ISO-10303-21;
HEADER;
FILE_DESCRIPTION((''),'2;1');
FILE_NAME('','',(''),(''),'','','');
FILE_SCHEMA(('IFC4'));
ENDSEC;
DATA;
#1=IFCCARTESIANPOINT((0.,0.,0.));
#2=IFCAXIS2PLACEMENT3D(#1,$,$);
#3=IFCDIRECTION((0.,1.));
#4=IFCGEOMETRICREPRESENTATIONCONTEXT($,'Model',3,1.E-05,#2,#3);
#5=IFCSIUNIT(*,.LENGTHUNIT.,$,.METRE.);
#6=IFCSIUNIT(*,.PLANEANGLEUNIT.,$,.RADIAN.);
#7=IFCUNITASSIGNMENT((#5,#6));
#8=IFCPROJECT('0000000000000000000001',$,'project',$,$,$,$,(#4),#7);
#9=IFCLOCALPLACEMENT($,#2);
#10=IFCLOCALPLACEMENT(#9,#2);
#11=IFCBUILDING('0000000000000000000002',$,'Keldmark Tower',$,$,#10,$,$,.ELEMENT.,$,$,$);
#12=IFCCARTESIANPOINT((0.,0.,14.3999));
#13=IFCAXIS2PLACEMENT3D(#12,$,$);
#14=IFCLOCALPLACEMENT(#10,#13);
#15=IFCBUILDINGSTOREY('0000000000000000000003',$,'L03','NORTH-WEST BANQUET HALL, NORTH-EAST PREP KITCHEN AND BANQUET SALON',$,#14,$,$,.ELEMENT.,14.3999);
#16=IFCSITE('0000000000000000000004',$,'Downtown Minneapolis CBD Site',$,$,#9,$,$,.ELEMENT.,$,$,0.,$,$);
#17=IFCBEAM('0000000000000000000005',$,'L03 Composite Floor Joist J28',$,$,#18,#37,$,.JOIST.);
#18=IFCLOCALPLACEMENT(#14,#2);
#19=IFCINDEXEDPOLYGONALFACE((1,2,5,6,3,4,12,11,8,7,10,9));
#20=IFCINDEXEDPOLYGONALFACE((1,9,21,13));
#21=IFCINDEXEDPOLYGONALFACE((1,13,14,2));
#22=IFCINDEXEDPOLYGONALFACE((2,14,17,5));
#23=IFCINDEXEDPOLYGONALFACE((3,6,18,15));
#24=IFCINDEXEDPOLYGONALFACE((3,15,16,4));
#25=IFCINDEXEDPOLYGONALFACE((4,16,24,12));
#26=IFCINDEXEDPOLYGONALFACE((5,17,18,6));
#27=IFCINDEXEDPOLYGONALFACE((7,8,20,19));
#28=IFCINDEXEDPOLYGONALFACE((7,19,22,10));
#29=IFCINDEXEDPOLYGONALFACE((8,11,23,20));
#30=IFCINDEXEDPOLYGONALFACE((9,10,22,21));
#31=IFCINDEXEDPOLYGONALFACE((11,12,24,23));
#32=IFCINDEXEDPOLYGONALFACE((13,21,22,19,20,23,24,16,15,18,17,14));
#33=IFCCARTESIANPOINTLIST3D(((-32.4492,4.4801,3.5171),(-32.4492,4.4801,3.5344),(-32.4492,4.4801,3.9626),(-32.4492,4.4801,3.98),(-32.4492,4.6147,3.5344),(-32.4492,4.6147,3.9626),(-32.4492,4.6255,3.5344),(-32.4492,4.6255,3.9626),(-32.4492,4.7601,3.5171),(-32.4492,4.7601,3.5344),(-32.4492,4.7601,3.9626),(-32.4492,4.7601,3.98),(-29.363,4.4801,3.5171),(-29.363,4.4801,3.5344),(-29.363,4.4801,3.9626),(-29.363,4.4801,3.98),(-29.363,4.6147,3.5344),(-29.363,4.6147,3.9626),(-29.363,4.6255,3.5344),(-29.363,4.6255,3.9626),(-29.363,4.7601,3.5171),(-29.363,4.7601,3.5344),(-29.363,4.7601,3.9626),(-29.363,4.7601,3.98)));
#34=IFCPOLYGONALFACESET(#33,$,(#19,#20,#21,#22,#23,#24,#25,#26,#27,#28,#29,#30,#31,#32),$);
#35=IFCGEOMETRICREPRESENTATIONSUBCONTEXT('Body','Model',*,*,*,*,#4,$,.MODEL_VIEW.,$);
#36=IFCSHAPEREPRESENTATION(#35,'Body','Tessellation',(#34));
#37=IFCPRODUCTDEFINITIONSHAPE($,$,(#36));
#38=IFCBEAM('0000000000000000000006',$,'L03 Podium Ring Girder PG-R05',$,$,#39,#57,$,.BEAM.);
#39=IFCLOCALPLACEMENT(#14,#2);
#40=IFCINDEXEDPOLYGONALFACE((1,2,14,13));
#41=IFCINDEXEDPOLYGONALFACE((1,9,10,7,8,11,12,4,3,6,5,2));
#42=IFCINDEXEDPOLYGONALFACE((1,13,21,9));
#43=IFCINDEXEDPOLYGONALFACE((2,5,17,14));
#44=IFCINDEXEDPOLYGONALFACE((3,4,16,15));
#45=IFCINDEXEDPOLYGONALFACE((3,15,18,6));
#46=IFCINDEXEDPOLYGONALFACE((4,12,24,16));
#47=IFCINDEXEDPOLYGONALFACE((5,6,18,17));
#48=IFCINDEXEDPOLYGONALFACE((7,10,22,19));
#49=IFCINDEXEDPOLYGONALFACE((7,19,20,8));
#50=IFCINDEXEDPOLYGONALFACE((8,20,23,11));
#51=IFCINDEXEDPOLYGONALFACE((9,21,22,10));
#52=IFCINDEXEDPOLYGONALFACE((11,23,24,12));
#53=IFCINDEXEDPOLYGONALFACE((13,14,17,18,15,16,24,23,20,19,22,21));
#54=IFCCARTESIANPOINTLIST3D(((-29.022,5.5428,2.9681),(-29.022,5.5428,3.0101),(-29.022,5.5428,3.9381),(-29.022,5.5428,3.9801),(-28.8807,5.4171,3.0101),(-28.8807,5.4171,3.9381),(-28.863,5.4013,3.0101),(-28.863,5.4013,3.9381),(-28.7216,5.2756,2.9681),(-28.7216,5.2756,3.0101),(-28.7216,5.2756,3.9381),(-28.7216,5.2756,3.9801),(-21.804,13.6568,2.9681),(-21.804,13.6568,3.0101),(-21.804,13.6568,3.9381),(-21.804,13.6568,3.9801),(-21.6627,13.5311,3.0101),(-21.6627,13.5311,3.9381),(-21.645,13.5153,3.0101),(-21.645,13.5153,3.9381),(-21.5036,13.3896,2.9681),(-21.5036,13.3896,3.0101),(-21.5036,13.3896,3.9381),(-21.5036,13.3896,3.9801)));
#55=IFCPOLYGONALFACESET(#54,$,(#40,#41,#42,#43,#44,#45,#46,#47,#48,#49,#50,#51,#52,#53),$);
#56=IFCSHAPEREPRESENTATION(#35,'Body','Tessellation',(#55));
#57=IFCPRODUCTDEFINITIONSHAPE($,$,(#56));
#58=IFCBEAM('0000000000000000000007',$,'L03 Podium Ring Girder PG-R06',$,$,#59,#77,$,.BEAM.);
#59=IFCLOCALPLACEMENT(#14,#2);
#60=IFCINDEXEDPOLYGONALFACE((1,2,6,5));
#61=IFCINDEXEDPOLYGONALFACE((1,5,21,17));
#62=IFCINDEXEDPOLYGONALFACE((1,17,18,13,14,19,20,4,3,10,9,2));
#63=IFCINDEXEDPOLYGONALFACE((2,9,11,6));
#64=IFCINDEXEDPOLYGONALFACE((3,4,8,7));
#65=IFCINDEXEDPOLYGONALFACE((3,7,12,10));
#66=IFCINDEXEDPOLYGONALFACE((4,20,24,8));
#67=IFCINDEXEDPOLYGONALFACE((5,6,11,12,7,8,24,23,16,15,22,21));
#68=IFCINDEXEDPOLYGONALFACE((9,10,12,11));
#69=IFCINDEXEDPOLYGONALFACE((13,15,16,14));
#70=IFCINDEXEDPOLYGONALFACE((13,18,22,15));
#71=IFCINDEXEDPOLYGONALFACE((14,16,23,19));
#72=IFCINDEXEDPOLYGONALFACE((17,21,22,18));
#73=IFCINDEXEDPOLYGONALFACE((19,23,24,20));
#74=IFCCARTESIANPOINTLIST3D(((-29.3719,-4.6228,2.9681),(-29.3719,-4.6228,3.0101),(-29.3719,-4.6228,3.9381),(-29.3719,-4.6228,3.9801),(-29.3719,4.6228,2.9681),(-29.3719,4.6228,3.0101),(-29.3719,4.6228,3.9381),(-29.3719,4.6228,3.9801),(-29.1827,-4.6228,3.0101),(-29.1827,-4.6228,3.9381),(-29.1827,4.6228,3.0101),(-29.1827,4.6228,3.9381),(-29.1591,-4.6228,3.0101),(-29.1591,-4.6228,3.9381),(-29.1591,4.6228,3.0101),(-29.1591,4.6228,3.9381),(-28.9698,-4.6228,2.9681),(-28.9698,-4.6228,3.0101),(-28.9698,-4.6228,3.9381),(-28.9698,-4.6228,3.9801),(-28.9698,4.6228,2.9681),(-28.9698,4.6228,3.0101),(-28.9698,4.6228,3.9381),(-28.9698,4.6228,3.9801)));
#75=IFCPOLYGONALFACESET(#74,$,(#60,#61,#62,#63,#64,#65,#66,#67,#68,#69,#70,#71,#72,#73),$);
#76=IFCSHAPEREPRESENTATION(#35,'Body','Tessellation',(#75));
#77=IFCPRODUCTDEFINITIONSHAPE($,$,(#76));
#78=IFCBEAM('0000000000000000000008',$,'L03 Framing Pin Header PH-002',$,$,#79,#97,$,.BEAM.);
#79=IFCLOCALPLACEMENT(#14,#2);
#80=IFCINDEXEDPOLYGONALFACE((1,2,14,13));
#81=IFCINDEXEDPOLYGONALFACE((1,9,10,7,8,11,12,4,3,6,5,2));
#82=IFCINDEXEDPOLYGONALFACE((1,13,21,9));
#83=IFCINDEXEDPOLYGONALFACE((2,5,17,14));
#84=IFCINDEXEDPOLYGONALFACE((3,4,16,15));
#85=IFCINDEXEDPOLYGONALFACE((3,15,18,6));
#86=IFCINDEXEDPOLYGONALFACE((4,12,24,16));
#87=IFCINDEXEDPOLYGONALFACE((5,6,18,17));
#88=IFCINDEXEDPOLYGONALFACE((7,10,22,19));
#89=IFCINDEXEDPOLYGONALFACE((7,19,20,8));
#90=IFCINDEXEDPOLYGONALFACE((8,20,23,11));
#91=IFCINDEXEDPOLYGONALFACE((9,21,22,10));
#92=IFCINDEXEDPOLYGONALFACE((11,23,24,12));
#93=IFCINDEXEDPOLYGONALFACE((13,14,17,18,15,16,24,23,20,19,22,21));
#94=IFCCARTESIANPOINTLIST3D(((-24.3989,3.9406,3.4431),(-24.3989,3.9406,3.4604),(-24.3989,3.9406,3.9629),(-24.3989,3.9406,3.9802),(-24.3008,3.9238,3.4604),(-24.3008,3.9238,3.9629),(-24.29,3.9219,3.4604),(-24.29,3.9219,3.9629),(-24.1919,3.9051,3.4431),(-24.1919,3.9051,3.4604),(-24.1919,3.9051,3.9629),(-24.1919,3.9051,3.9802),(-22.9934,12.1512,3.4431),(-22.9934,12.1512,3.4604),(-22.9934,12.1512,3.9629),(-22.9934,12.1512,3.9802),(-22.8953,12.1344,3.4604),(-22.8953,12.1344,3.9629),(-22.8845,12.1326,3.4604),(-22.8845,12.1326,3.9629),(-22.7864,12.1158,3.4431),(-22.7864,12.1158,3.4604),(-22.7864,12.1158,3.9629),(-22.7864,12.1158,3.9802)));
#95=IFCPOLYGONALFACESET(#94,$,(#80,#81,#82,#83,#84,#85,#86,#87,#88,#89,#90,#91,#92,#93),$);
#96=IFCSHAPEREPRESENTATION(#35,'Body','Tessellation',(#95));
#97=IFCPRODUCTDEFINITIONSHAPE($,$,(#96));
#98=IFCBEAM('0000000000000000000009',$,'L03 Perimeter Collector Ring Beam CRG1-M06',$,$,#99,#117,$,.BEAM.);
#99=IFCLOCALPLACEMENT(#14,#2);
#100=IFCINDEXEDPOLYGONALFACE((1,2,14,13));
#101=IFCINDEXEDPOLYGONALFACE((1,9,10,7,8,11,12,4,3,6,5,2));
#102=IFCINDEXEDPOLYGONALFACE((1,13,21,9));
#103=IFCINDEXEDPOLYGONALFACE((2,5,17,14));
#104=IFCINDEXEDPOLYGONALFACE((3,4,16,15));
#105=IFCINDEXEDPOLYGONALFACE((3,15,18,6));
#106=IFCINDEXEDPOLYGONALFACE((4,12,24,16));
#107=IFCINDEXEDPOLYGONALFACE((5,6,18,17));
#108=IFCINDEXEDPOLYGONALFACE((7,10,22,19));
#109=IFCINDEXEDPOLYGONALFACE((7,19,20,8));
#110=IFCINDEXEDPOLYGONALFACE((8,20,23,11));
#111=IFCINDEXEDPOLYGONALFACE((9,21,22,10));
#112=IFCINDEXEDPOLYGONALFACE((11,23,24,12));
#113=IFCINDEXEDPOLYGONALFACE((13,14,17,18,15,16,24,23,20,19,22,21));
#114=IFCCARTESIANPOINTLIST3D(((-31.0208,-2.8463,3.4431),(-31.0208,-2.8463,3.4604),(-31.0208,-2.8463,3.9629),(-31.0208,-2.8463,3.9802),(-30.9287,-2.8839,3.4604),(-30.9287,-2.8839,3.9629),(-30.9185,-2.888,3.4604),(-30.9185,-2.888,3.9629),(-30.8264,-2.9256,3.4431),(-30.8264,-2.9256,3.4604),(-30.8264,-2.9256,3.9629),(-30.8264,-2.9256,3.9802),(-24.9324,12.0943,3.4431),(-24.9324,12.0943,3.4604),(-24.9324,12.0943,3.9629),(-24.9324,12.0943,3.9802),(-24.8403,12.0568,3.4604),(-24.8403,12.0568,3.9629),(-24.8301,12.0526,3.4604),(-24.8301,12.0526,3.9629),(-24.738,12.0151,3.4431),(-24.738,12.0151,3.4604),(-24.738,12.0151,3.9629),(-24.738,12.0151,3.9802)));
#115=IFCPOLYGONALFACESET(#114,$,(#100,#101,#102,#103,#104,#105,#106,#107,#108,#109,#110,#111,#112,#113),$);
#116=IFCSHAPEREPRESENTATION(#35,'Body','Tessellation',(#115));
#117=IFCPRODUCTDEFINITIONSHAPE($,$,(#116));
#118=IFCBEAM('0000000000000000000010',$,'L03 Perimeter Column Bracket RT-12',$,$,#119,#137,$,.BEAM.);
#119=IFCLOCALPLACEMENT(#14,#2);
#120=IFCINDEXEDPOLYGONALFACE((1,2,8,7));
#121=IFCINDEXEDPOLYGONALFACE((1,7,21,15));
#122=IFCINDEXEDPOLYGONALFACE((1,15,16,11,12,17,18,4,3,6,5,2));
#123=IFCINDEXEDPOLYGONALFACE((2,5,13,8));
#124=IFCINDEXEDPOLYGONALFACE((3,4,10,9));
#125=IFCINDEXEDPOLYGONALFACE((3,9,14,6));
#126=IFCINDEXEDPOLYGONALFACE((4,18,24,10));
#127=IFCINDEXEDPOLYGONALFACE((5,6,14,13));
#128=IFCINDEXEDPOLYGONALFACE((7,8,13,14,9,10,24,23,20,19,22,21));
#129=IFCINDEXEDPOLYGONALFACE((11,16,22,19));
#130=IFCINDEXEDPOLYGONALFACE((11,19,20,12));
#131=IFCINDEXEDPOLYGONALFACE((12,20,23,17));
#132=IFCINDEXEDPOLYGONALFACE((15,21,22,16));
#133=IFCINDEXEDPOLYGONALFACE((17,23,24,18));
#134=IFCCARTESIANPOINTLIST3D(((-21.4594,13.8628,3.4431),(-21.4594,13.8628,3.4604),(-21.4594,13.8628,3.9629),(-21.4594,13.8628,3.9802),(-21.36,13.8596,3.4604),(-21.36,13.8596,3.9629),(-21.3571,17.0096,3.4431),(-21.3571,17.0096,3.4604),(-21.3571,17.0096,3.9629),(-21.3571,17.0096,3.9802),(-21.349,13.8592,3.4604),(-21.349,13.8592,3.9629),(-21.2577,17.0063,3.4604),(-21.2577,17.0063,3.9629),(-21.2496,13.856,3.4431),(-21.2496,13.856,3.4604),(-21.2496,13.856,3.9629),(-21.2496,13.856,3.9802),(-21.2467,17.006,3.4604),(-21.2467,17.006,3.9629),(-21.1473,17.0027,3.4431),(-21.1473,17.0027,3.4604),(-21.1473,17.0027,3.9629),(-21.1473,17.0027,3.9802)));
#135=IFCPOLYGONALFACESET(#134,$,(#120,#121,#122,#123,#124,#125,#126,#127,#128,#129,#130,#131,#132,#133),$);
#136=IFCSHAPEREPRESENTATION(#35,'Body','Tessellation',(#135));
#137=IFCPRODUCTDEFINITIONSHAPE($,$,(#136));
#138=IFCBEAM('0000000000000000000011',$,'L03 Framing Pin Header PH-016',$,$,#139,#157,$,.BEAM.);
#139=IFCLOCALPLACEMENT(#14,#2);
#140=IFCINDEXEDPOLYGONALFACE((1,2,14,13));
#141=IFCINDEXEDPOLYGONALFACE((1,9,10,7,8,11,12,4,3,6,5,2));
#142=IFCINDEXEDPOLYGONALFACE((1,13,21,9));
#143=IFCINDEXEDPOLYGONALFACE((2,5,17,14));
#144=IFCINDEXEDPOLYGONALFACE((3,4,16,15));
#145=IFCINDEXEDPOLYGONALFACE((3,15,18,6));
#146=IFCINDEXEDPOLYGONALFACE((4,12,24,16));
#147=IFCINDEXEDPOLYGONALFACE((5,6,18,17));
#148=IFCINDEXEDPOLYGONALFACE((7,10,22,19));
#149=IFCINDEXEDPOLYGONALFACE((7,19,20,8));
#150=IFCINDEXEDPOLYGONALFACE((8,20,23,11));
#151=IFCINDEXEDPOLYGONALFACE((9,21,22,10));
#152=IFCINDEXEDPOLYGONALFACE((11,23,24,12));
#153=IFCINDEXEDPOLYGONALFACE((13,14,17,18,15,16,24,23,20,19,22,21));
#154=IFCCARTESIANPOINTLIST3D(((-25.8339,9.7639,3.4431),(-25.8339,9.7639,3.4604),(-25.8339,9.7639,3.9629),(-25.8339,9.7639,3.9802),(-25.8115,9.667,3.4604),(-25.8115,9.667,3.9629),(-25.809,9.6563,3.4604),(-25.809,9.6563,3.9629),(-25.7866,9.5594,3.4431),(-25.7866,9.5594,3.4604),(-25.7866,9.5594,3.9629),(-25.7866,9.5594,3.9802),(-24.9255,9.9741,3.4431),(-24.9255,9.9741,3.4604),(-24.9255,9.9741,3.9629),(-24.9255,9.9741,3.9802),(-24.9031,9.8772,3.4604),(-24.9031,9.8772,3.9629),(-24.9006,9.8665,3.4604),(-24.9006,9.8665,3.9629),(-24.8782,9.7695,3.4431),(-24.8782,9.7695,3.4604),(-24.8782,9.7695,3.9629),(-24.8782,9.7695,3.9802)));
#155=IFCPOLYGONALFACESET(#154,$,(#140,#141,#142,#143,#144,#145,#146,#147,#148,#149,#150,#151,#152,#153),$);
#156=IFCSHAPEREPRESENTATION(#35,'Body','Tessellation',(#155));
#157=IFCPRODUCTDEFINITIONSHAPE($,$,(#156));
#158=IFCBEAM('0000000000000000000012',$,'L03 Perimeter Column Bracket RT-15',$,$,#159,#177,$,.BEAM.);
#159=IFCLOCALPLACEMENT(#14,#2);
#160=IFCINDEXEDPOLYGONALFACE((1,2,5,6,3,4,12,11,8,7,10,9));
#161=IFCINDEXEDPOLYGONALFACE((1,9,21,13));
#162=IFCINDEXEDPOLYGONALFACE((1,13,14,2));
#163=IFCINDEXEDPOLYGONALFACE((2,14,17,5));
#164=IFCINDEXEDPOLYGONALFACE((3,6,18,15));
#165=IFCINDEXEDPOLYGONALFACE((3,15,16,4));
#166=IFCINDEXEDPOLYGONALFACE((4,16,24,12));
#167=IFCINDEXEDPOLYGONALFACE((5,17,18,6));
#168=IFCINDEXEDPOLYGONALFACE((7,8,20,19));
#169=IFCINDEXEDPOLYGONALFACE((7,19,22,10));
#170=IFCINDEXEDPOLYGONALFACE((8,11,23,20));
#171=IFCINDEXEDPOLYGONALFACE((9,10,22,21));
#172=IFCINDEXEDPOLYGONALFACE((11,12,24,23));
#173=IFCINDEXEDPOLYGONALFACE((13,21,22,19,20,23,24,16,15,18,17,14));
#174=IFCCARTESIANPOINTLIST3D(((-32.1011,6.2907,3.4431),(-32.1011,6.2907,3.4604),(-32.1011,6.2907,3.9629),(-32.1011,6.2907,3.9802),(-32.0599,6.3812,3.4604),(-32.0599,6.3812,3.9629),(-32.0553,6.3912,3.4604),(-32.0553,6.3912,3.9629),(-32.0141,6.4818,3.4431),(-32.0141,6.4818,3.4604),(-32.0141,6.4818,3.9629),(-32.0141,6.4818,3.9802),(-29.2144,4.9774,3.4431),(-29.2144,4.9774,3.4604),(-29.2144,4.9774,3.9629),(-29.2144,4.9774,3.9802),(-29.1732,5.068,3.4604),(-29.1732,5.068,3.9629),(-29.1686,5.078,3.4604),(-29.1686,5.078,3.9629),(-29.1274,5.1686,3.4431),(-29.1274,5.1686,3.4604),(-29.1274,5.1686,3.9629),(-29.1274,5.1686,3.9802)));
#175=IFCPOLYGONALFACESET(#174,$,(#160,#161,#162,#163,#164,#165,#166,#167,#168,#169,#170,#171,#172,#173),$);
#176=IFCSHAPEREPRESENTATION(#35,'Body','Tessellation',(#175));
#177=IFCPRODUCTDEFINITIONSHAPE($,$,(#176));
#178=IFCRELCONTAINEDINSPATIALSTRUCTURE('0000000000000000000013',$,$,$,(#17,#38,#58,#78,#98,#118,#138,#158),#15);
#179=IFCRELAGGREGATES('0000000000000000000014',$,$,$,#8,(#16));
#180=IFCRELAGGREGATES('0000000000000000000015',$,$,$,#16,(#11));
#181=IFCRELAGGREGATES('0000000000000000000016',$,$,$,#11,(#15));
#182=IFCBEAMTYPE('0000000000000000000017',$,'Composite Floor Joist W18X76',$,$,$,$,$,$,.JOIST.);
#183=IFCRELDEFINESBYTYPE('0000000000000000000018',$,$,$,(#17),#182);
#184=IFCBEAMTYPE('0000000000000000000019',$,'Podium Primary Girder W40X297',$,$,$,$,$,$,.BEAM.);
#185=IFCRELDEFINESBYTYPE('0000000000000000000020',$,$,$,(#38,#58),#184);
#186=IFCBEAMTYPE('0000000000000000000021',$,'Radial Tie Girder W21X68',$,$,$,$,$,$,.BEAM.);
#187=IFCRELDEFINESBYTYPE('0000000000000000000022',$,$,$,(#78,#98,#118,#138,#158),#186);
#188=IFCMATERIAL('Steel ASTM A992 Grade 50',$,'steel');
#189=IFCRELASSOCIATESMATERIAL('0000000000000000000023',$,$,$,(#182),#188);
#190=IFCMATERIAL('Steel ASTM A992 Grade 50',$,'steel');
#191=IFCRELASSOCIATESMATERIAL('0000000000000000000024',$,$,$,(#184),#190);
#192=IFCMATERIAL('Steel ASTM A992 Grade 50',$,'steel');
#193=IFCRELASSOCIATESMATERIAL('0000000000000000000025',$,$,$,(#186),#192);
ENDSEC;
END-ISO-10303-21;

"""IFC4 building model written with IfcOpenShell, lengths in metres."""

from ifc_helpers import new_model, si_unit, direction, frame, origin, origin_2d, place, context, subcontext, project, spatial, i_section, extrude, material, material_profile, profile_set, type_object, element, save


model = new_model("IFC4")

# Units and contexts
model_context = context("Model", 3, precision=1e-05, world=origin(), true_north=direction((0.0, 1.0)))
body_context = subcontext(model_context, "Body", "Model", "MODEL_VIEW")
ifc_project = project(units=[si_unit("LENGTHUNIT", "METRE"), si_unit("PLANEANGLEUNIT", "RADIAN")], contexts=[model_context])

# Site, building, storey
site_placement = place(None, origin())
site = spatial("IfcSite", under=ifc_project, at=site_placement, Name="Downtown Minneapolis CBD Site", CompositionType="ELEMENT", RefElevation=0.0)
building_placement = place(site_placement, origin())
building = spatial("IfcBuilding", under=site, at=building_placement, Name="Keldmark Tower", CompositionType="ELEMENT")
storey_placement = place(building_placement, frame((0.0, 0.0, 14.3999)))
storey = spatial("IfcBuildingStorey", under=building, at=storey_placement, Name="L03", Description="NORTH-WEST BANQUET HALL, NORTH-EAST PREP KITCHEN AND BANQUET SALON", CompositionType="ELEMENT", Elevation=14.3999)

# Beams
ifc_material_1 = material(Name="Steel ASTM A992 Grade 50", Category="steel")
ifc_material_profile_1 = material_profile(ifc_material_1, i_section(OverallWidth=0.28, OverallDepth=0.4629, WebThickness=0.0107, FlangeThickness=0.0173, at=origin_2d()), Name="W18X76")
ifc_profile_set_1 = profile_set([ifc_material_profile_1], Name="Steel ASTM A992 Grade 50")
beam_type_1 = type_object("IfcBeamType", Name="Composite Floor Joist W18X76", PredefinedType="JOIST", material=ifc_profile_set_1)
beam_1_placement = place(storey_placement, frame((-32.4492, 4.6201, 3.7485), z_axis=(1.0, 0.0, 0.0), x_axis=(0.0, 1.0, 0.0)))
element("IfcBeam", 1, at=beam_1_placement, inside=storey, type_object=beam_type_1, Name="L03 Composite Floor Joist J28", PredefinedType="JOIST", context=body_context, shape_type="SweptSolid", body=[
    extrude(i_section(OverallWidth=0.28, OverallDepth=0.4629, WebThickness=0.0107, FlangeThickness=0.0173, at=origin_2d()), origin(), (0.0, 0.0, 1.0), 3.0862),
])
ifc_material_2 = material(Name="Steel ASTM A992 Grade 50", Category="steel")
ifc_material_profile_2 = material_profile(ifc_material_2, i_section(OverallWidth=0.4021, OverallDepth=1.012, WebThickness=0.0237, FlangeThickness=0.042, at=origin_2d()), Name="W40X297")
ifc_profile_set_2 = profile_set([ifc_material_profile_2], Name="Steel ASTM A992 Grade 50")
beam_type_2 = type_object("IfcBeamType", Name="Podium Primary Girder W40X297", PredefinedType="BEAM", material=ifc_profile_set_2)
beam_2_placement = place(storey_placement, frame((-21.6538, 13.5232, 3.4741), z_axis=(-0.66465, -0.747155, 0.0), x_axis=(0.747155, -0.66465, 0.0)))
element("IfcBeam", 2, at=beam_2_placement, inside=storey, type_object=beam_type_2, Name="L03 Podium Ring Girder PG-R05", PredefinedType="BEAM", context=body_context, shape_type="SweptSolid", body=[
    extrude(i_section(OverallWidth=0.4021, OverallDepth=1.012, WebThickness=0.0237, FlangeThickness=0.042, at=origin_2d()), origin(), (0.0, 0.0, 1.0), 10.8599),
])
beam_3_placement = place(storey_placement, frame((-29.1709, 4.6228, 3.4741), z_axis=(0.0, -1.0, 0.0), x_axis=(1.0, 0.0, 0.0)))
element("IfcBeam", 3, at=beam_3_placement, inside=storey, type_object=beam_type_2, Name="L03 Podium Ring Girder PG-R06", PredefinedType="BEAM", context=body_context, shape_type="SweptSolid", body=[
    extrude(i_section(OverallWidth=0.4021, OverallDepth=1.012, WebThickness=0.0237, FlangeThickness=0.042, at=origin_2d()), origin(), (0.0, 0.0, 1.0), 9.2456),
])
ifc_material_3 = material(Name="Steel ASTM A992 Grade 50", Category="steel")
ifc_material_profile_3 = material_profile(ifc_material_3, i_section(OverallWidth=0.21, OverallDepth=0.5371, WebThickness=0.011, FlangeThickness=0.0173, at=origin_2d()), Name="W21X68")
ifc_profile_set_3 = profile_set([ifc_material_profile_3], Name="Steel ASTM A992 Grade 50")
beam_type_3 = type_object("IfcBeamType", Name="Radial Tie Girder W21X68", PredefinedType="BEAM", material=ifc_profile_set_3)
beam_4_placement = place(storey_placement, frame((-24.2954, 3.9229, 3.7117), z_axis=(0.168727, 0.985663, 0.0), x_axis=(-0.985663, 0.168727, 0.0)))
element("IfcBeam", 4, at=beam_4_placement, inside=storey, type_object=beam_type_3, Name="L03 Framing Pin Header PH-002", PredefinedType="BEAM", context=body_context, shape_type="SweptSolid", body=[
    extrude(i_section(OverallWidth=0.21, OverallDepth=0.5371, WebThickness=0.011, FlangeThickness=0.0173, at=origin_2d()), origin(), (0.0, 0.0, 1.0), 8.3301),
])
beam_5_placement = place(storey_placement, frame((-24.8352, 12.0547, 3.7117), z_axis=(-0.377373, -0.926061, 0.0), x_axis=(0.926061, -0.377373, 0.0)))
element("IfcBeam", 5, at=beam_5_placement, inside=storey, type_object=beam_type_3, Name="L03 Perimeter Collector Ring Beam CRG1-M06", PredefinedType="BEAM", context=body_context, shape_type="SweptSolid", body=[
    extrude(i_section(OverallWidth=0.21, OverallDepth=0.5371, WebThickness=0.011, FlangeThickness=0.0173, at=origin_2d()), origin(), (0.0, 0.0, 1.0), 16.1335),
])
beam_6_placement = place(storey_placement, frame((-21.3545, 13.8594, 3.7117), z_axis=(0.032491, 0.999472, 0.0), x_axis=(-0.999472, 0.032491, 0.0)))
element("IfcBeam", 6, at=beam_6_placement, inside=storey, type_object=beam_type_3, Name="L03 Perimeter Column Bracket RT-12", PredefinedType="BEAM", context=body_context, shape_type="SweptSolid", body=[
    extrude(i_section(OverallWidth=0.21, OverallDepth=0.5371, WebThickness=0.011, FlangeThickness=0.0173, at=origin_2d()), origin(), (0.0, 0.0, 1.0), 3.1484),
])
beam_7_placement = place(storey_placement, frame((-24.9019, 9.8718, 3.7117), z_axis=(-0.974259, -0.225433, 0.0), x_axis=(0.225433, -0.974259, 0.0)))
element("IfcBeam", 7, at=beam_7_placement, inside=storey, type_object=beam_type_3, Name="L03 Framing Pin Header PH-016", PredefinedType="BEAM", context=body_context, shape_type="SweptSolid", body=[
    extrude(i_section(OverallWidth=0.21, OverallDepth=0.5371, WebThickness=0.011, FlangeThickness=0.0173, at=origin_2d()), origin(), (0.0, 0.0, 1.0), 0.9324),
])
beam_8_placement = place(storey_placement, frame((-29.1709, 5.073, 3.7117), z_axis=(-0.910237, 0.414087, 0.0), x_axis=(-0.414087, -0.910237, 0.0)))
element("IfcBeam", 8, at=beam_8_placement, inside=storey, type_object=beam_type_3, Name="L03 Perimeter Column Bracket RT-15", PredefinedType="BEAM", context=body_context, shape_type="SweptSolid", body=[
    extrude(i_section(OverallWidth=0.21, OverallDepth=0.5371, WebThickness=0.011, FlangeThickness=0.0173, at=origin_2d()), origin(), (0.0, 0.0, 1.0), 3.1714),
])

save(model, "model.ifc")
